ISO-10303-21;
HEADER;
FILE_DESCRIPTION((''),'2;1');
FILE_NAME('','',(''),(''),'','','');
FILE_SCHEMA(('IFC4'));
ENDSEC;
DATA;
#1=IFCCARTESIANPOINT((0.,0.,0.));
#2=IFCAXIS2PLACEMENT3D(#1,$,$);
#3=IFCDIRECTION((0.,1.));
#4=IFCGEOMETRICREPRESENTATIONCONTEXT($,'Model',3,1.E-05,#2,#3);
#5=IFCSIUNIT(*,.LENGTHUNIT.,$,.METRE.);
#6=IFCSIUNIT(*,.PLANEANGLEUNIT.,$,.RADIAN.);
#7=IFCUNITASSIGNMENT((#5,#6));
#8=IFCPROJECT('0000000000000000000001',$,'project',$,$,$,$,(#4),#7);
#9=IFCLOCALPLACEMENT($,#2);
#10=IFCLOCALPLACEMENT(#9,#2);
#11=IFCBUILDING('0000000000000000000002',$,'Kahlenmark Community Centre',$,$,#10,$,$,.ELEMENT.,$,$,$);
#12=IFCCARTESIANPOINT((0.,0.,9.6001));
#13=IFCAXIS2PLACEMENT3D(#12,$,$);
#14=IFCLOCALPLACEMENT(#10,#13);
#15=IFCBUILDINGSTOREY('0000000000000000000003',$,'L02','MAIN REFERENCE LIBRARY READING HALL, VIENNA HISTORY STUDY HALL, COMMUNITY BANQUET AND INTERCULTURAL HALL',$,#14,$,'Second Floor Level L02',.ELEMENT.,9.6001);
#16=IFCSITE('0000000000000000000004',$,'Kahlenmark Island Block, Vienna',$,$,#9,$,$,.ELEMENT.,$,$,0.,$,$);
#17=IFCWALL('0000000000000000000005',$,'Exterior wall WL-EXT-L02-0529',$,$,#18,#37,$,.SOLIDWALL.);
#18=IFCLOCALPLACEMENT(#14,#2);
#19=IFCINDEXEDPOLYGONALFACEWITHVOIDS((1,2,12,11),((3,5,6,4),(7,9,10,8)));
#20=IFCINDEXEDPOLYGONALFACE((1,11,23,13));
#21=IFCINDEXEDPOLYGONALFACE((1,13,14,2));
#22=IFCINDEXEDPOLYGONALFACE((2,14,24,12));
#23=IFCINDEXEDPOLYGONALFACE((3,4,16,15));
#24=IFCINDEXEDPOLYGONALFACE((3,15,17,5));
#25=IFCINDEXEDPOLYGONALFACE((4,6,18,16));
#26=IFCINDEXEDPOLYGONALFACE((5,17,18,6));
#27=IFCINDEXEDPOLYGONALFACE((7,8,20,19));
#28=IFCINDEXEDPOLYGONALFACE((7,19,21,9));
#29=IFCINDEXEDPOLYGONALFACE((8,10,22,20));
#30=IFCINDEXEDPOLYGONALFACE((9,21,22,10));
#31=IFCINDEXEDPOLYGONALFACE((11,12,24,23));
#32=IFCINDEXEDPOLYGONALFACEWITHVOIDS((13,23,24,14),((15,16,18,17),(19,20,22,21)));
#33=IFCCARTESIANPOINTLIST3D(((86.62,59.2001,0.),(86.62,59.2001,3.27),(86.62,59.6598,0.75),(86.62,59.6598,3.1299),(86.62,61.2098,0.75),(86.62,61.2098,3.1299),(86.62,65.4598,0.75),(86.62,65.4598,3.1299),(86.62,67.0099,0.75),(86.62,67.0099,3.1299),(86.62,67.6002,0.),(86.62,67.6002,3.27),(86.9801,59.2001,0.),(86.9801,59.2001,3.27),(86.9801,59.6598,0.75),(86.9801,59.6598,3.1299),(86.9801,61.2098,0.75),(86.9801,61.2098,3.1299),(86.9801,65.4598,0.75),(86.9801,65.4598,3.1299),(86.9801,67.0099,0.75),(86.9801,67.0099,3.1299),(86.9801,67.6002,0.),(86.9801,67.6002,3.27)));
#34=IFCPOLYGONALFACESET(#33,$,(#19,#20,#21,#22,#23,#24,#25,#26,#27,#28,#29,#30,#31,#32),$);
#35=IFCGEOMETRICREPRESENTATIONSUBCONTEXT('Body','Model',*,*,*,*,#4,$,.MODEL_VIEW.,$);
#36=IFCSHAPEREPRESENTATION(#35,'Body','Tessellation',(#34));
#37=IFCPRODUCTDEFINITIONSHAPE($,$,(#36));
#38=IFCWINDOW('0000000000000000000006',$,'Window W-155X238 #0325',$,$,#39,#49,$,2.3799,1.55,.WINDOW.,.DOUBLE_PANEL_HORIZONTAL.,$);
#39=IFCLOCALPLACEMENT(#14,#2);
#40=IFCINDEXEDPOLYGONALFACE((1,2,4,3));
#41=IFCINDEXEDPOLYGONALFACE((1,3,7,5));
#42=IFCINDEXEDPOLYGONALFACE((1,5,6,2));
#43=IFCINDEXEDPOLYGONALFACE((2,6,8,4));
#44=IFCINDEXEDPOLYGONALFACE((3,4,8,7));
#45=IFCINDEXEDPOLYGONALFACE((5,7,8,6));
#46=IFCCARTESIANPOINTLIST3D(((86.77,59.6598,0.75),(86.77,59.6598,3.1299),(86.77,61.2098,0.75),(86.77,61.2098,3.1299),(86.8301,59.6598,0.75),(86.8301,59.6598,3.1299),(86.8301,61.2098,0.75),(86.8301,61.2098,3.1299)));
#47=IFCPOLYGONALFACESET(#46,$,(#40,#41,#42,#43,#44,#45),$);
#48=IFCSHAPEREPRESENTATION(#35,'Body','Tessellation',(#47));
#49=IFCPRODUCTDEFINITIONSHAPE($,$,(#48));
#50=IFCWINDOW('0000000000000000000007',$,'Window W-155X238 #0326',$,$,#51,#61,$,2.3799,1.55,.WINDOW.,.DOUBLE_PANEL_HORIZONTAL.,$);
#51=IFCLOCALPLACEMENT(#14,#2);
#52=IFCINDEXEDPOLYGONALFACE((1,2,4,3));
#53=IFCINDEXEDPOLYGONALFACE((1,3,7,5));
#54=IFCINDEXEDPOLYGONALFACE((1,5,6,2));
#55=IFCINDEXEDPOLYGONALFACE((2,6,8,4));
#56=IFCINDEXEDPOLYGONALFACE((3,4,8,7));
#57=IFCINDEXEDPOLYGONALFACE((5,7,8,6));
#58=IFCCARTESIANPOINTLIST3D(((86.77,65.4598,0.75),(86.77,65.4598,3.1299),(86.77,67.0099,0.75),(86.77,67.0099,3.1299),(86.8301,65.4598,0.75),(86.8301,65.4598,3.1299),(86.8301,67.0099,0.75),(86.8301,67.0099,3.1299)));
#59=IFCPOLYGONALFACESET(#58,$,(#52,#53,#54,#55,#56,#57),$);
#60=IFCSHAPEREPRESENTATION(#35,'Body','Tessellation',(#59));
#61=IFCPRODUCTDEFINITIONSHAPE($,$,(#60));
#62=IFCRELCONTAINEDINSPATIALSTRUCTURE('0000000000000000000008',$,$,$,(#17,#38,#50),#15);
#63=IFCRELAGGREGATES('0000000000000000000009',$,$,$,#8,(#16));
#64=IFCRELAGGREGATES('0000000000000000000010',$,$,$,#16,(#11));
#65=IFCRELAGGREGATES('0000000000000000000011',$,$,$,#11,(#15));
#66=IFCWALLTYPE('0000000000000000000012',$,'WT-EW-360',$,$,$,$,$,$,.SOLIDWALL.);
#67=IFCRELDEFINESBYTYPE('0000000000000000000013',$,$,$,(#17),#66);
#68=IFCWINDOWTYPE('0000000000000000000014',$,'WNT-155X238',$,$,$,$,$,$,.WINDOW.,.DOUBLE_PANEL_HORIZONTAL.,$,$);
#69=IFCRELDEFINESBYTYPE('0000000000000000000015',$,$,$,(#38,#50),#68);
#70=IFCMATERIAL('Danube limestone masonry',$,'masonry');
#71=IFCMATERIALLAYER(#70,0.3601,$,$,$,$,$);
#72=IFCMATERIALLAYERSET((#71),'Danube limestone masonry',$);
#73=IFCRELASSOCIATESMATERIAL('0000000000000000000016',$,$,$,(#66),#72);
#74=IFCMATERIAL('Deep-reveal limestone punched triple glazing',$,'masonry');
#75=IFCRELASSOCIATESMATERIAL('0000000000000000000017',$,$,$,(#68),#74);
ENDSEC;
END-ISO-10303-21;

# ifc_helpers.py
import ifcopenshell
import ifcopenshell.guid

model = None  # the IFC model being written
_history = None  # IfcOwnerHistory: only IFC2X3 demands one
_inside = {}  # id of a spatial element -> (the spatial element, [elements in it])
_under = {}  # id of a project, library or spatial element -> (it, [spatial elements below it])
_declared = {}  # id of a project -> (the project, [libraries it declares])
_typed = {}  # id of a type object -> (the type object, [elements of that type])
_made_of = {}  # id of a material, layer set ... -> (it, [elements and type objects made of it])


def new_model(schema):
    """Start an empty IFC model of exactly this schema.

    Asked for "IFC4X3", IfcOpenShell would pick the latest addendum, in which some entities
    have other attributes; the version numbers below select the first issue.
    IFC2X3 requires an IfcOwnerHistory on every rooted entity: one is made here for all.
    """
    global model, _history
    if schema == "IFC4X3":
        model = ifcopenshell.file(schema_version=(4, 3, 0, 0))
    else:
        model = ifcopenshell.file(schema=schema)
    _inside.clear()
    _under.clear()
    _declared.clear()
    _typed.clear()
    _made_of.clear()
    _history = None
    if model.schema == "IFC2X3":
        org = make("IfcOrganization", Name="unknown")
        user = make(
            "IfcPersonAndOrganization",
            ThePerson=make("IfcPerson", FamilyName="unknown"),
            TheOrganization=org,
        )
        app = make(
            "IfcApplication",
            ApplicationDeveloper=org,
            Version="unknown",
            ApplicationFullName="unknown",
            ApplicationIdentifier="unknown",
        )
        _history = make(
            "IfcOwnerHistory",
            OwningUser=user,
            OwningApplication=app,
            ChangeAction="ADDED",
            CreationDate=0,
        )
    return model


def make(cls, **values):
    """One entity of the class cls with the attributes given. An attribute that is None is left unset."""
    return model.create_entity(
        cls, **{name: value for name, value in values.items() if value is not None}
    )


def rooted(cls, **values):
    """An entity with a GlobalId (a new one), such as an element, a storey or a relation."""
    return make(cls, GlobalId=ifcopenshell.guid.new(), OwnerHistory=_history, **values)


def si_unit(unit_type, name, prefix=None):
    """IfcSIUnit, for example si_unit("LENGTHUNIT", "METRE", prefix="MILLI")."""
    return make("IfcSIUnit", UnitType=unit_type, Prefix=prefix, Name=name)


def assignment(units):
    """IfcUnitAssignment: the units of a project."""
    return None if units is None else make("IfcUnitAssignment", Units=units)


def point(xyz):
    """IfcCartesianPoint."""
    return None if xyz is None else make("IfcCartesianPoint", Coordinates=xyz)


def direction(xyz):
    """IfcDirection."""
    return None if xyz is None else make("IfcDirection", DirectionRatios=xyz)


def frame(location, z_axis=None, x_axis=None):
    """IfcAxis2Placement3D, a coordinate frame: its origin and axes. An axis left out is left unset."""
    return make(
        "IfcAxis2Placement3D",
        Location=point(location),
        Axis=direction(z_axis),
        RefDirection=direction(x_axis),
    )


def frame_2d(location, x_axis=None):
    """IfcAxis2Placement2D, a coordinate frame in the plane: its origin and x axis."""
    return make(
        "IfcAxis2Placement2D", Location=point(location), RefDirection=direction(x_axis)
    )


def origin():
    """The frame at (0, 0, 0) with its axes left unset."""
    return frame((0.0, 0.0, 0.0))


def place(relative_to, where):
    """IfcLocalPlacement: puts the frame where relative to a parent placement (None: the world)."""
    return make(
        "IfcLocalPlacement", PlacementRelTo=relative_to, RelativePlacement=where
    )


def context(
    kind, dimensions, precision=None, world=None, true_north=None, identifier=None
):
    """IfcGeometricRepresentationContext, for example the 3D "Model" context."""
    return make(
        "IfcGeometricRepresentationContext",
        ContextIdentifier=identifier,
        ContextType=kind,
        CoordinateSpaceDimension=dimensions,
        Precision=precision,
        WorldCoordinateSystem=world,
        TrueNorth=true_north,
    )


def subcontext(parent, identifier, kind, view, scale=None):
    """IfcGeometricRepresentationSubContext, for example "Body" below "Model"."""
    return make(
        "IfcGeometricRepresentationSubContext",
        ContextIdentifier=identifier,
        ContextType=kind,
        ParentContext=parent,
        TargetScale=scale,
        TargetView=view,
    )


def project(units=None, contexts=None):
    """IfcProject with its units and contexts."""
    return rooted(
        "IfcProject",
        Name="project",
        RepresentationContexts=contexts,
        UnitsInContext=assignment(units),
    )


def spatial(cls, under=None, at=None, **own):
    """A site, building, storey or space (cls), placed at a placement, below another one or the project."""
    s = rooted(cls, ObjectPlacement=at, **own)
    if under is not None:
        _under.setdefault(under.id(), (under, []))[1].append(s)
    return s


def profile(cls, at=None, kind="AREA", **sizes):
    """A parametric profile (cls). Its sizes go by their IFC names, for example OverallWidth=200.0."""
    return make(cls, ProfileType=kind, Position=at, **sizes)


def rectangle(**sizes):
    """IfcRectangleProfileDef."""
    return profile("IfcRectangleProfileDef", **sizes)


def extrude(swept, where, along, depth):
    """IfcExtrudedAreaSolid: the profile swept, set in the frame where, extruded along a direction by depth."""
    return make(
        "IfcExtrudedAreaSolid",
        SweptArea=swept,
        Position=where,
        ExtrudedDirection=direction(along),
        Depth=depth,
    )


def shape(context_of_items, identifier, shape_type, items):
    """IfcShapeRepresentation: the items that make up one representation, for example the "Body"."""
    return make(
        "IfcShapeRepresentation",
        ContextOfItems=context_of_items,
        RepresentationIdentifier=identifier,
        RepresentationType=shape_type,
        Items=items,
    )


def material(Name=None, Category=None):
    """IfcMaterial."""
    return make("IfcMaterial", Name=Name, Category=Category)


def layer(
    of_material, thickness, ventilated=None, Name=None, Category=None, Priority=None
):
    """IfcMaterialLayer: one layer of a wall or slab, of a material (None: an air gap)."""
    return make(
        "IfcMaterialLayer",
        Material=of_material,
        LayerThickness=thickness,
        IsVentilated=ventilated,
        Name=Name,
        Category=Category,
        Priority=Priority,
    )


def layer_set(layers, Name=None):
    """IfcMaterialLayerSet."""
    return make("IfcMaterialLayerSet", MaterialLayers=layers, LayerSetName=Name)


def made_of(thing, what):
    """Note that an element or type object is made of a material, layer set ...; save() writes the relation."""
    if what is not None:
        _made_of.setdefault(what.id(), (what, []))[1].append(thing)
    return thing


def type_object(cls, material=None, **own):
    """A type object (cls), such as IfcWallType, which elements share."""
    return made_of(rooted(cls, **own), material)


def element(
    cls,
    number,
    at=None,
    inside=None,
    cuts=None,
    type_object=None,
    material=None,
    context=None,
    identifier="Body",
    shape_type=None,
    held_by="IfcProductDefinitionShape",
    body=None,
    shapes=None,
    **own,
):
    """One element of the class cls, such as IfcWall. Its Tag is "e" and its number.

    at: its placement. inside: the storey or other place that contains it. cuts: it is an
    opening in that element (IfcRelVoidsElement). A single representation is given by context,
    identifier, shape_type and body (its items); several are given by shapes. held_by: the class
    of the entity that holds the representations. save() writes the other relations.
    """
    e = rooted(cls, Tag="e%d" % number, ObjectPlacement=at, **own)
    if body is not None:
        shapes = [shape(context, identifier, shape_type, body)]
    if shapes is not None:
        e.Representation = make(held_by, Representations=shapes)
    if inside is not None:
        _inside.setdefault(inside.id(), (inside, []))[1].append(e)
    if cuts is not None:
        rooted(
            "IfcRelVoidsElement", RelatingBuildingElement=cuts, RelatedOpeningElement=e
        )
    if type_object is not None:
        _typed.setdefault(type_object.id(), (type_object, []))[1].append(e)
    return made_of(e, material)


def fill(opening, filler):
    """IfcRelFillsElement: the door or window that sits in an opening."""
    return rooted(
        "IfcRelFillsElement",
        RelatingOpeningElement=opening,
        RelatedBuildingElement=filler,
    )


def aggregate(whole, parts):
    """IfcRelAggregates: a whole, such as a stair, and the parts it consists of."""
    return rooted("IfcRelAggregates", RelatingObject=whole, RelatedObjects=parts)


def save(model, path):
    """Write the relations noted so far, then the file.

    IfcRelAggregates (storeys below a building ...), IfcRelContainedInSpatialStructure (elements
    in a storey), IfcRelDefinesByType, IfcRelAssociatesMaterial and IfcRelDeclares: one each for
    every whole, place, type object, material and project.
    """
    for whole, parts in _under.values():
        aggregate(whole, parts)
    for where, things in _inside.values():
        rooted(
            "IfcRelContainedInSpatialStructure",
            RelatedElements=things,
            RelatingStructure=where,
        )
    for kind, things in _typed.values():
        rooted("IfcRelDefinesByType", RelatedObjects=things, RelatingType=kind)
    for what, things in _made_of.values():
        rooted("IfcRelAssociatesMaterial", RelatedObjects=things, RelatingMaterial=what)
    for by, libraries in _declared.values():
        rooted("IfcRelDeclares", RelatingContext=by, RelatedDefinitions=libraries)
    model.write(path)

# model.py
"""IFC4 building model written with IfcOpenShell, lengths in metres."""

from ifc_helpers import new_model, si_unit, direction, frame, frame_2d, origin, place, context, subcontext, project, spatial, rectangle, extrude, material, layer, layer_set, type_object, element, fill, save


model = new_model("IFC4")

# Units and contexts
model_context = context("Model", 3, precision=1e-05, world=origin(), true_north=direction((0.0, 1.0)))
body_context = subcontext(model_context, "Body", "Model", "MODEL_VIEW")
ifc_project = project(units=[si_unit("LENGTHUNIT", "METRE"), si_unit("PLANEANGLEUNIT", "RADIAN")], contexts=[model_context])

# Site, building, storey
site_placement = place(None, origin())
site = spatial("IfcSite", under=ifc_project, at=site_placement, Name="Kahlenmark Island Block, Vienna", CompositionType="ELEMENT", RefElevation=0.0)
building_placement = place(site_placement, origin())
building = spatial("IfcBuilding", under=site, at=building_placement, Name="Kahlenmark Community Centre", CompositionType="ELEMENT")
storey_placement = place(building_placement, frame((0.0, 0.0, 9.6001)))
storey = spatial("IfcBuildingStorey", under=building, at=storey_placement, Name="L02", Description="MAIN REFERENCE LIBRARY READING HALL, VIENNA HISTORY STUDY HALL, COMMUNITY BANQUET AND INTERCULTURAL HALL", LongName="Second Floor Level L02", CompositionType="ELEMENT", Elevation=9.6001)

# Wall, openings, windows
ifc_material_1 = material(Name="Danube limestone masonry", Category="masonry")
ifc_layer_1 = layer(ifc_material_1, 0.3601)
ifc_layer_set_1 = layer_set([ifc_layer_1], Name="Danube limestone masonry")
wall_type_1 = type_object("IfcWallType", Name="WT-EW-360", PredefinedType="SOLIDWALL", material=ifc_layer_set_1)
wall_1_placement = place(storey_placement, frame((86.8, 59.2, 0.0), z_axis=(0.0, 0.0, 1.0), x_axis=(0.0, 1.0, 0.0)))
wall_1 = element("IfcWall", 1, at=wall_1_placement, inside=storey, type_object=wall_type_1, Name="Exterior wall WL-EXT-L02-0529", PredefinedType="SOLIDWALL", context=body_context, shape_type="SweptSolid", body=[
    extrude(rectangle(XDim=8.4001, YDim=0.3601, at=frame_2d((4.2002, 0.0))), origin(), (0.0, 0.0, 1.0), 3.27),
])
opening_1_placement = place(wall_1_placement, frame((0.46, 0.0, 0.75)))
opening_1 = element("IfcOpeningElement", 2, at=opening_1_placement, cuts=wall_1, PredefinedType="OPENING", context=body_context, shape_type="SweptSolid", body=[
    extrude(rectangle(XDim=1.55, YDim=2.3799, at=frame_2d((0.7749, 1.1899))), frame((0.0, 0.1899, 0.0), z_axis=(0.0, -1.0, 0.0), x_axis=(1.0, 0.0, 0.0)), (0.0, 0.0, 1.0), 0.3801),
])
opening_2_placement = place(wall_1_placement, frame((6.26, 0.0, 0.75)))
opening_2 = element("IfcOpeningElement", 3, at=opening_2_placement, cuts=wall_1, PredefinedType="OPENING", context=body_context, shape_type="SweptSolid", body=[
    extrude(rectangle(XDim=1.55, YDim=2.3799, at=frame_2d((0.7749, 1.1899))), frame((0.0, 0.1899, 0.0), z_axis=(0.0, -1.0, 0.0), x_axis=(1.0, 0.0, 0.0)), (0.0, 0.0, 1.0), 0.3801),
])
ifc_material_2 = material(Name="Deep-reveal limestone punched triple glazing", Category="masonry")
window_type_1 = type_object("IfcWindowType", Name="WNT-155X238", PartitioningType="DOUBLE_PANEL_HORIZONTAL", PredefinedType="WINDOW", material=ifc_material_2)
window_1_placement = place(opening_1_placement, origin())
window_1 = element("IfcWindow", 4, at=window_1_placement, inside=storey, type_object=window_type_1, Name="Window W-155X238 #0325", OverallHeight=2.3799, OverallWidth=1.55, PartitioningType="DOUBLE_PANEL_HORIZONTAL", PredefinedType="WINDOW", context=body_context, shape_type="SweptSolid", body=[
    extrude(rectangle(XDim=1.55, YDim=2.3799, at=frame_2d((0.7749, 1.1899))), frame((0.0, 0.03, 0.0), z_axis=(0.0, -1.0, 0.0), x_axis=(1.0, 0.0, 0.0)), (0.0, 0.0, 1.0), 0.0601),
])
fill(opening_1, window_1)
window_2_placement = place(opening_2_placement, origin())
window_2 = element("IfcWindow", 5, at=window_2_placement, inside=storey, type_object=window_type_1, Name="Window W-155X238 #0326", OverallHeight=2.3799, OverallWidth=1.55, PartitioningType="DOUBLE_PANEL_HORIZONTAL", PredefinedType="WINDOW", context=body_context, shape_type="SweptSolid", body=[
    extrude(rectangle(XDim=1.55, YDim=2.3799, at=frame_2d((0.7749, 1.1899))), frame((0.0, 0.03, 0.0), z_axis=(0.0, -1.0, 0.0), x_axis=(1.0, 0.0, 0.0)), (0.0, 0.0, 1.0), 0.0601),
])
fill(opening_2, window_2)

save(model, "model.ifc")
